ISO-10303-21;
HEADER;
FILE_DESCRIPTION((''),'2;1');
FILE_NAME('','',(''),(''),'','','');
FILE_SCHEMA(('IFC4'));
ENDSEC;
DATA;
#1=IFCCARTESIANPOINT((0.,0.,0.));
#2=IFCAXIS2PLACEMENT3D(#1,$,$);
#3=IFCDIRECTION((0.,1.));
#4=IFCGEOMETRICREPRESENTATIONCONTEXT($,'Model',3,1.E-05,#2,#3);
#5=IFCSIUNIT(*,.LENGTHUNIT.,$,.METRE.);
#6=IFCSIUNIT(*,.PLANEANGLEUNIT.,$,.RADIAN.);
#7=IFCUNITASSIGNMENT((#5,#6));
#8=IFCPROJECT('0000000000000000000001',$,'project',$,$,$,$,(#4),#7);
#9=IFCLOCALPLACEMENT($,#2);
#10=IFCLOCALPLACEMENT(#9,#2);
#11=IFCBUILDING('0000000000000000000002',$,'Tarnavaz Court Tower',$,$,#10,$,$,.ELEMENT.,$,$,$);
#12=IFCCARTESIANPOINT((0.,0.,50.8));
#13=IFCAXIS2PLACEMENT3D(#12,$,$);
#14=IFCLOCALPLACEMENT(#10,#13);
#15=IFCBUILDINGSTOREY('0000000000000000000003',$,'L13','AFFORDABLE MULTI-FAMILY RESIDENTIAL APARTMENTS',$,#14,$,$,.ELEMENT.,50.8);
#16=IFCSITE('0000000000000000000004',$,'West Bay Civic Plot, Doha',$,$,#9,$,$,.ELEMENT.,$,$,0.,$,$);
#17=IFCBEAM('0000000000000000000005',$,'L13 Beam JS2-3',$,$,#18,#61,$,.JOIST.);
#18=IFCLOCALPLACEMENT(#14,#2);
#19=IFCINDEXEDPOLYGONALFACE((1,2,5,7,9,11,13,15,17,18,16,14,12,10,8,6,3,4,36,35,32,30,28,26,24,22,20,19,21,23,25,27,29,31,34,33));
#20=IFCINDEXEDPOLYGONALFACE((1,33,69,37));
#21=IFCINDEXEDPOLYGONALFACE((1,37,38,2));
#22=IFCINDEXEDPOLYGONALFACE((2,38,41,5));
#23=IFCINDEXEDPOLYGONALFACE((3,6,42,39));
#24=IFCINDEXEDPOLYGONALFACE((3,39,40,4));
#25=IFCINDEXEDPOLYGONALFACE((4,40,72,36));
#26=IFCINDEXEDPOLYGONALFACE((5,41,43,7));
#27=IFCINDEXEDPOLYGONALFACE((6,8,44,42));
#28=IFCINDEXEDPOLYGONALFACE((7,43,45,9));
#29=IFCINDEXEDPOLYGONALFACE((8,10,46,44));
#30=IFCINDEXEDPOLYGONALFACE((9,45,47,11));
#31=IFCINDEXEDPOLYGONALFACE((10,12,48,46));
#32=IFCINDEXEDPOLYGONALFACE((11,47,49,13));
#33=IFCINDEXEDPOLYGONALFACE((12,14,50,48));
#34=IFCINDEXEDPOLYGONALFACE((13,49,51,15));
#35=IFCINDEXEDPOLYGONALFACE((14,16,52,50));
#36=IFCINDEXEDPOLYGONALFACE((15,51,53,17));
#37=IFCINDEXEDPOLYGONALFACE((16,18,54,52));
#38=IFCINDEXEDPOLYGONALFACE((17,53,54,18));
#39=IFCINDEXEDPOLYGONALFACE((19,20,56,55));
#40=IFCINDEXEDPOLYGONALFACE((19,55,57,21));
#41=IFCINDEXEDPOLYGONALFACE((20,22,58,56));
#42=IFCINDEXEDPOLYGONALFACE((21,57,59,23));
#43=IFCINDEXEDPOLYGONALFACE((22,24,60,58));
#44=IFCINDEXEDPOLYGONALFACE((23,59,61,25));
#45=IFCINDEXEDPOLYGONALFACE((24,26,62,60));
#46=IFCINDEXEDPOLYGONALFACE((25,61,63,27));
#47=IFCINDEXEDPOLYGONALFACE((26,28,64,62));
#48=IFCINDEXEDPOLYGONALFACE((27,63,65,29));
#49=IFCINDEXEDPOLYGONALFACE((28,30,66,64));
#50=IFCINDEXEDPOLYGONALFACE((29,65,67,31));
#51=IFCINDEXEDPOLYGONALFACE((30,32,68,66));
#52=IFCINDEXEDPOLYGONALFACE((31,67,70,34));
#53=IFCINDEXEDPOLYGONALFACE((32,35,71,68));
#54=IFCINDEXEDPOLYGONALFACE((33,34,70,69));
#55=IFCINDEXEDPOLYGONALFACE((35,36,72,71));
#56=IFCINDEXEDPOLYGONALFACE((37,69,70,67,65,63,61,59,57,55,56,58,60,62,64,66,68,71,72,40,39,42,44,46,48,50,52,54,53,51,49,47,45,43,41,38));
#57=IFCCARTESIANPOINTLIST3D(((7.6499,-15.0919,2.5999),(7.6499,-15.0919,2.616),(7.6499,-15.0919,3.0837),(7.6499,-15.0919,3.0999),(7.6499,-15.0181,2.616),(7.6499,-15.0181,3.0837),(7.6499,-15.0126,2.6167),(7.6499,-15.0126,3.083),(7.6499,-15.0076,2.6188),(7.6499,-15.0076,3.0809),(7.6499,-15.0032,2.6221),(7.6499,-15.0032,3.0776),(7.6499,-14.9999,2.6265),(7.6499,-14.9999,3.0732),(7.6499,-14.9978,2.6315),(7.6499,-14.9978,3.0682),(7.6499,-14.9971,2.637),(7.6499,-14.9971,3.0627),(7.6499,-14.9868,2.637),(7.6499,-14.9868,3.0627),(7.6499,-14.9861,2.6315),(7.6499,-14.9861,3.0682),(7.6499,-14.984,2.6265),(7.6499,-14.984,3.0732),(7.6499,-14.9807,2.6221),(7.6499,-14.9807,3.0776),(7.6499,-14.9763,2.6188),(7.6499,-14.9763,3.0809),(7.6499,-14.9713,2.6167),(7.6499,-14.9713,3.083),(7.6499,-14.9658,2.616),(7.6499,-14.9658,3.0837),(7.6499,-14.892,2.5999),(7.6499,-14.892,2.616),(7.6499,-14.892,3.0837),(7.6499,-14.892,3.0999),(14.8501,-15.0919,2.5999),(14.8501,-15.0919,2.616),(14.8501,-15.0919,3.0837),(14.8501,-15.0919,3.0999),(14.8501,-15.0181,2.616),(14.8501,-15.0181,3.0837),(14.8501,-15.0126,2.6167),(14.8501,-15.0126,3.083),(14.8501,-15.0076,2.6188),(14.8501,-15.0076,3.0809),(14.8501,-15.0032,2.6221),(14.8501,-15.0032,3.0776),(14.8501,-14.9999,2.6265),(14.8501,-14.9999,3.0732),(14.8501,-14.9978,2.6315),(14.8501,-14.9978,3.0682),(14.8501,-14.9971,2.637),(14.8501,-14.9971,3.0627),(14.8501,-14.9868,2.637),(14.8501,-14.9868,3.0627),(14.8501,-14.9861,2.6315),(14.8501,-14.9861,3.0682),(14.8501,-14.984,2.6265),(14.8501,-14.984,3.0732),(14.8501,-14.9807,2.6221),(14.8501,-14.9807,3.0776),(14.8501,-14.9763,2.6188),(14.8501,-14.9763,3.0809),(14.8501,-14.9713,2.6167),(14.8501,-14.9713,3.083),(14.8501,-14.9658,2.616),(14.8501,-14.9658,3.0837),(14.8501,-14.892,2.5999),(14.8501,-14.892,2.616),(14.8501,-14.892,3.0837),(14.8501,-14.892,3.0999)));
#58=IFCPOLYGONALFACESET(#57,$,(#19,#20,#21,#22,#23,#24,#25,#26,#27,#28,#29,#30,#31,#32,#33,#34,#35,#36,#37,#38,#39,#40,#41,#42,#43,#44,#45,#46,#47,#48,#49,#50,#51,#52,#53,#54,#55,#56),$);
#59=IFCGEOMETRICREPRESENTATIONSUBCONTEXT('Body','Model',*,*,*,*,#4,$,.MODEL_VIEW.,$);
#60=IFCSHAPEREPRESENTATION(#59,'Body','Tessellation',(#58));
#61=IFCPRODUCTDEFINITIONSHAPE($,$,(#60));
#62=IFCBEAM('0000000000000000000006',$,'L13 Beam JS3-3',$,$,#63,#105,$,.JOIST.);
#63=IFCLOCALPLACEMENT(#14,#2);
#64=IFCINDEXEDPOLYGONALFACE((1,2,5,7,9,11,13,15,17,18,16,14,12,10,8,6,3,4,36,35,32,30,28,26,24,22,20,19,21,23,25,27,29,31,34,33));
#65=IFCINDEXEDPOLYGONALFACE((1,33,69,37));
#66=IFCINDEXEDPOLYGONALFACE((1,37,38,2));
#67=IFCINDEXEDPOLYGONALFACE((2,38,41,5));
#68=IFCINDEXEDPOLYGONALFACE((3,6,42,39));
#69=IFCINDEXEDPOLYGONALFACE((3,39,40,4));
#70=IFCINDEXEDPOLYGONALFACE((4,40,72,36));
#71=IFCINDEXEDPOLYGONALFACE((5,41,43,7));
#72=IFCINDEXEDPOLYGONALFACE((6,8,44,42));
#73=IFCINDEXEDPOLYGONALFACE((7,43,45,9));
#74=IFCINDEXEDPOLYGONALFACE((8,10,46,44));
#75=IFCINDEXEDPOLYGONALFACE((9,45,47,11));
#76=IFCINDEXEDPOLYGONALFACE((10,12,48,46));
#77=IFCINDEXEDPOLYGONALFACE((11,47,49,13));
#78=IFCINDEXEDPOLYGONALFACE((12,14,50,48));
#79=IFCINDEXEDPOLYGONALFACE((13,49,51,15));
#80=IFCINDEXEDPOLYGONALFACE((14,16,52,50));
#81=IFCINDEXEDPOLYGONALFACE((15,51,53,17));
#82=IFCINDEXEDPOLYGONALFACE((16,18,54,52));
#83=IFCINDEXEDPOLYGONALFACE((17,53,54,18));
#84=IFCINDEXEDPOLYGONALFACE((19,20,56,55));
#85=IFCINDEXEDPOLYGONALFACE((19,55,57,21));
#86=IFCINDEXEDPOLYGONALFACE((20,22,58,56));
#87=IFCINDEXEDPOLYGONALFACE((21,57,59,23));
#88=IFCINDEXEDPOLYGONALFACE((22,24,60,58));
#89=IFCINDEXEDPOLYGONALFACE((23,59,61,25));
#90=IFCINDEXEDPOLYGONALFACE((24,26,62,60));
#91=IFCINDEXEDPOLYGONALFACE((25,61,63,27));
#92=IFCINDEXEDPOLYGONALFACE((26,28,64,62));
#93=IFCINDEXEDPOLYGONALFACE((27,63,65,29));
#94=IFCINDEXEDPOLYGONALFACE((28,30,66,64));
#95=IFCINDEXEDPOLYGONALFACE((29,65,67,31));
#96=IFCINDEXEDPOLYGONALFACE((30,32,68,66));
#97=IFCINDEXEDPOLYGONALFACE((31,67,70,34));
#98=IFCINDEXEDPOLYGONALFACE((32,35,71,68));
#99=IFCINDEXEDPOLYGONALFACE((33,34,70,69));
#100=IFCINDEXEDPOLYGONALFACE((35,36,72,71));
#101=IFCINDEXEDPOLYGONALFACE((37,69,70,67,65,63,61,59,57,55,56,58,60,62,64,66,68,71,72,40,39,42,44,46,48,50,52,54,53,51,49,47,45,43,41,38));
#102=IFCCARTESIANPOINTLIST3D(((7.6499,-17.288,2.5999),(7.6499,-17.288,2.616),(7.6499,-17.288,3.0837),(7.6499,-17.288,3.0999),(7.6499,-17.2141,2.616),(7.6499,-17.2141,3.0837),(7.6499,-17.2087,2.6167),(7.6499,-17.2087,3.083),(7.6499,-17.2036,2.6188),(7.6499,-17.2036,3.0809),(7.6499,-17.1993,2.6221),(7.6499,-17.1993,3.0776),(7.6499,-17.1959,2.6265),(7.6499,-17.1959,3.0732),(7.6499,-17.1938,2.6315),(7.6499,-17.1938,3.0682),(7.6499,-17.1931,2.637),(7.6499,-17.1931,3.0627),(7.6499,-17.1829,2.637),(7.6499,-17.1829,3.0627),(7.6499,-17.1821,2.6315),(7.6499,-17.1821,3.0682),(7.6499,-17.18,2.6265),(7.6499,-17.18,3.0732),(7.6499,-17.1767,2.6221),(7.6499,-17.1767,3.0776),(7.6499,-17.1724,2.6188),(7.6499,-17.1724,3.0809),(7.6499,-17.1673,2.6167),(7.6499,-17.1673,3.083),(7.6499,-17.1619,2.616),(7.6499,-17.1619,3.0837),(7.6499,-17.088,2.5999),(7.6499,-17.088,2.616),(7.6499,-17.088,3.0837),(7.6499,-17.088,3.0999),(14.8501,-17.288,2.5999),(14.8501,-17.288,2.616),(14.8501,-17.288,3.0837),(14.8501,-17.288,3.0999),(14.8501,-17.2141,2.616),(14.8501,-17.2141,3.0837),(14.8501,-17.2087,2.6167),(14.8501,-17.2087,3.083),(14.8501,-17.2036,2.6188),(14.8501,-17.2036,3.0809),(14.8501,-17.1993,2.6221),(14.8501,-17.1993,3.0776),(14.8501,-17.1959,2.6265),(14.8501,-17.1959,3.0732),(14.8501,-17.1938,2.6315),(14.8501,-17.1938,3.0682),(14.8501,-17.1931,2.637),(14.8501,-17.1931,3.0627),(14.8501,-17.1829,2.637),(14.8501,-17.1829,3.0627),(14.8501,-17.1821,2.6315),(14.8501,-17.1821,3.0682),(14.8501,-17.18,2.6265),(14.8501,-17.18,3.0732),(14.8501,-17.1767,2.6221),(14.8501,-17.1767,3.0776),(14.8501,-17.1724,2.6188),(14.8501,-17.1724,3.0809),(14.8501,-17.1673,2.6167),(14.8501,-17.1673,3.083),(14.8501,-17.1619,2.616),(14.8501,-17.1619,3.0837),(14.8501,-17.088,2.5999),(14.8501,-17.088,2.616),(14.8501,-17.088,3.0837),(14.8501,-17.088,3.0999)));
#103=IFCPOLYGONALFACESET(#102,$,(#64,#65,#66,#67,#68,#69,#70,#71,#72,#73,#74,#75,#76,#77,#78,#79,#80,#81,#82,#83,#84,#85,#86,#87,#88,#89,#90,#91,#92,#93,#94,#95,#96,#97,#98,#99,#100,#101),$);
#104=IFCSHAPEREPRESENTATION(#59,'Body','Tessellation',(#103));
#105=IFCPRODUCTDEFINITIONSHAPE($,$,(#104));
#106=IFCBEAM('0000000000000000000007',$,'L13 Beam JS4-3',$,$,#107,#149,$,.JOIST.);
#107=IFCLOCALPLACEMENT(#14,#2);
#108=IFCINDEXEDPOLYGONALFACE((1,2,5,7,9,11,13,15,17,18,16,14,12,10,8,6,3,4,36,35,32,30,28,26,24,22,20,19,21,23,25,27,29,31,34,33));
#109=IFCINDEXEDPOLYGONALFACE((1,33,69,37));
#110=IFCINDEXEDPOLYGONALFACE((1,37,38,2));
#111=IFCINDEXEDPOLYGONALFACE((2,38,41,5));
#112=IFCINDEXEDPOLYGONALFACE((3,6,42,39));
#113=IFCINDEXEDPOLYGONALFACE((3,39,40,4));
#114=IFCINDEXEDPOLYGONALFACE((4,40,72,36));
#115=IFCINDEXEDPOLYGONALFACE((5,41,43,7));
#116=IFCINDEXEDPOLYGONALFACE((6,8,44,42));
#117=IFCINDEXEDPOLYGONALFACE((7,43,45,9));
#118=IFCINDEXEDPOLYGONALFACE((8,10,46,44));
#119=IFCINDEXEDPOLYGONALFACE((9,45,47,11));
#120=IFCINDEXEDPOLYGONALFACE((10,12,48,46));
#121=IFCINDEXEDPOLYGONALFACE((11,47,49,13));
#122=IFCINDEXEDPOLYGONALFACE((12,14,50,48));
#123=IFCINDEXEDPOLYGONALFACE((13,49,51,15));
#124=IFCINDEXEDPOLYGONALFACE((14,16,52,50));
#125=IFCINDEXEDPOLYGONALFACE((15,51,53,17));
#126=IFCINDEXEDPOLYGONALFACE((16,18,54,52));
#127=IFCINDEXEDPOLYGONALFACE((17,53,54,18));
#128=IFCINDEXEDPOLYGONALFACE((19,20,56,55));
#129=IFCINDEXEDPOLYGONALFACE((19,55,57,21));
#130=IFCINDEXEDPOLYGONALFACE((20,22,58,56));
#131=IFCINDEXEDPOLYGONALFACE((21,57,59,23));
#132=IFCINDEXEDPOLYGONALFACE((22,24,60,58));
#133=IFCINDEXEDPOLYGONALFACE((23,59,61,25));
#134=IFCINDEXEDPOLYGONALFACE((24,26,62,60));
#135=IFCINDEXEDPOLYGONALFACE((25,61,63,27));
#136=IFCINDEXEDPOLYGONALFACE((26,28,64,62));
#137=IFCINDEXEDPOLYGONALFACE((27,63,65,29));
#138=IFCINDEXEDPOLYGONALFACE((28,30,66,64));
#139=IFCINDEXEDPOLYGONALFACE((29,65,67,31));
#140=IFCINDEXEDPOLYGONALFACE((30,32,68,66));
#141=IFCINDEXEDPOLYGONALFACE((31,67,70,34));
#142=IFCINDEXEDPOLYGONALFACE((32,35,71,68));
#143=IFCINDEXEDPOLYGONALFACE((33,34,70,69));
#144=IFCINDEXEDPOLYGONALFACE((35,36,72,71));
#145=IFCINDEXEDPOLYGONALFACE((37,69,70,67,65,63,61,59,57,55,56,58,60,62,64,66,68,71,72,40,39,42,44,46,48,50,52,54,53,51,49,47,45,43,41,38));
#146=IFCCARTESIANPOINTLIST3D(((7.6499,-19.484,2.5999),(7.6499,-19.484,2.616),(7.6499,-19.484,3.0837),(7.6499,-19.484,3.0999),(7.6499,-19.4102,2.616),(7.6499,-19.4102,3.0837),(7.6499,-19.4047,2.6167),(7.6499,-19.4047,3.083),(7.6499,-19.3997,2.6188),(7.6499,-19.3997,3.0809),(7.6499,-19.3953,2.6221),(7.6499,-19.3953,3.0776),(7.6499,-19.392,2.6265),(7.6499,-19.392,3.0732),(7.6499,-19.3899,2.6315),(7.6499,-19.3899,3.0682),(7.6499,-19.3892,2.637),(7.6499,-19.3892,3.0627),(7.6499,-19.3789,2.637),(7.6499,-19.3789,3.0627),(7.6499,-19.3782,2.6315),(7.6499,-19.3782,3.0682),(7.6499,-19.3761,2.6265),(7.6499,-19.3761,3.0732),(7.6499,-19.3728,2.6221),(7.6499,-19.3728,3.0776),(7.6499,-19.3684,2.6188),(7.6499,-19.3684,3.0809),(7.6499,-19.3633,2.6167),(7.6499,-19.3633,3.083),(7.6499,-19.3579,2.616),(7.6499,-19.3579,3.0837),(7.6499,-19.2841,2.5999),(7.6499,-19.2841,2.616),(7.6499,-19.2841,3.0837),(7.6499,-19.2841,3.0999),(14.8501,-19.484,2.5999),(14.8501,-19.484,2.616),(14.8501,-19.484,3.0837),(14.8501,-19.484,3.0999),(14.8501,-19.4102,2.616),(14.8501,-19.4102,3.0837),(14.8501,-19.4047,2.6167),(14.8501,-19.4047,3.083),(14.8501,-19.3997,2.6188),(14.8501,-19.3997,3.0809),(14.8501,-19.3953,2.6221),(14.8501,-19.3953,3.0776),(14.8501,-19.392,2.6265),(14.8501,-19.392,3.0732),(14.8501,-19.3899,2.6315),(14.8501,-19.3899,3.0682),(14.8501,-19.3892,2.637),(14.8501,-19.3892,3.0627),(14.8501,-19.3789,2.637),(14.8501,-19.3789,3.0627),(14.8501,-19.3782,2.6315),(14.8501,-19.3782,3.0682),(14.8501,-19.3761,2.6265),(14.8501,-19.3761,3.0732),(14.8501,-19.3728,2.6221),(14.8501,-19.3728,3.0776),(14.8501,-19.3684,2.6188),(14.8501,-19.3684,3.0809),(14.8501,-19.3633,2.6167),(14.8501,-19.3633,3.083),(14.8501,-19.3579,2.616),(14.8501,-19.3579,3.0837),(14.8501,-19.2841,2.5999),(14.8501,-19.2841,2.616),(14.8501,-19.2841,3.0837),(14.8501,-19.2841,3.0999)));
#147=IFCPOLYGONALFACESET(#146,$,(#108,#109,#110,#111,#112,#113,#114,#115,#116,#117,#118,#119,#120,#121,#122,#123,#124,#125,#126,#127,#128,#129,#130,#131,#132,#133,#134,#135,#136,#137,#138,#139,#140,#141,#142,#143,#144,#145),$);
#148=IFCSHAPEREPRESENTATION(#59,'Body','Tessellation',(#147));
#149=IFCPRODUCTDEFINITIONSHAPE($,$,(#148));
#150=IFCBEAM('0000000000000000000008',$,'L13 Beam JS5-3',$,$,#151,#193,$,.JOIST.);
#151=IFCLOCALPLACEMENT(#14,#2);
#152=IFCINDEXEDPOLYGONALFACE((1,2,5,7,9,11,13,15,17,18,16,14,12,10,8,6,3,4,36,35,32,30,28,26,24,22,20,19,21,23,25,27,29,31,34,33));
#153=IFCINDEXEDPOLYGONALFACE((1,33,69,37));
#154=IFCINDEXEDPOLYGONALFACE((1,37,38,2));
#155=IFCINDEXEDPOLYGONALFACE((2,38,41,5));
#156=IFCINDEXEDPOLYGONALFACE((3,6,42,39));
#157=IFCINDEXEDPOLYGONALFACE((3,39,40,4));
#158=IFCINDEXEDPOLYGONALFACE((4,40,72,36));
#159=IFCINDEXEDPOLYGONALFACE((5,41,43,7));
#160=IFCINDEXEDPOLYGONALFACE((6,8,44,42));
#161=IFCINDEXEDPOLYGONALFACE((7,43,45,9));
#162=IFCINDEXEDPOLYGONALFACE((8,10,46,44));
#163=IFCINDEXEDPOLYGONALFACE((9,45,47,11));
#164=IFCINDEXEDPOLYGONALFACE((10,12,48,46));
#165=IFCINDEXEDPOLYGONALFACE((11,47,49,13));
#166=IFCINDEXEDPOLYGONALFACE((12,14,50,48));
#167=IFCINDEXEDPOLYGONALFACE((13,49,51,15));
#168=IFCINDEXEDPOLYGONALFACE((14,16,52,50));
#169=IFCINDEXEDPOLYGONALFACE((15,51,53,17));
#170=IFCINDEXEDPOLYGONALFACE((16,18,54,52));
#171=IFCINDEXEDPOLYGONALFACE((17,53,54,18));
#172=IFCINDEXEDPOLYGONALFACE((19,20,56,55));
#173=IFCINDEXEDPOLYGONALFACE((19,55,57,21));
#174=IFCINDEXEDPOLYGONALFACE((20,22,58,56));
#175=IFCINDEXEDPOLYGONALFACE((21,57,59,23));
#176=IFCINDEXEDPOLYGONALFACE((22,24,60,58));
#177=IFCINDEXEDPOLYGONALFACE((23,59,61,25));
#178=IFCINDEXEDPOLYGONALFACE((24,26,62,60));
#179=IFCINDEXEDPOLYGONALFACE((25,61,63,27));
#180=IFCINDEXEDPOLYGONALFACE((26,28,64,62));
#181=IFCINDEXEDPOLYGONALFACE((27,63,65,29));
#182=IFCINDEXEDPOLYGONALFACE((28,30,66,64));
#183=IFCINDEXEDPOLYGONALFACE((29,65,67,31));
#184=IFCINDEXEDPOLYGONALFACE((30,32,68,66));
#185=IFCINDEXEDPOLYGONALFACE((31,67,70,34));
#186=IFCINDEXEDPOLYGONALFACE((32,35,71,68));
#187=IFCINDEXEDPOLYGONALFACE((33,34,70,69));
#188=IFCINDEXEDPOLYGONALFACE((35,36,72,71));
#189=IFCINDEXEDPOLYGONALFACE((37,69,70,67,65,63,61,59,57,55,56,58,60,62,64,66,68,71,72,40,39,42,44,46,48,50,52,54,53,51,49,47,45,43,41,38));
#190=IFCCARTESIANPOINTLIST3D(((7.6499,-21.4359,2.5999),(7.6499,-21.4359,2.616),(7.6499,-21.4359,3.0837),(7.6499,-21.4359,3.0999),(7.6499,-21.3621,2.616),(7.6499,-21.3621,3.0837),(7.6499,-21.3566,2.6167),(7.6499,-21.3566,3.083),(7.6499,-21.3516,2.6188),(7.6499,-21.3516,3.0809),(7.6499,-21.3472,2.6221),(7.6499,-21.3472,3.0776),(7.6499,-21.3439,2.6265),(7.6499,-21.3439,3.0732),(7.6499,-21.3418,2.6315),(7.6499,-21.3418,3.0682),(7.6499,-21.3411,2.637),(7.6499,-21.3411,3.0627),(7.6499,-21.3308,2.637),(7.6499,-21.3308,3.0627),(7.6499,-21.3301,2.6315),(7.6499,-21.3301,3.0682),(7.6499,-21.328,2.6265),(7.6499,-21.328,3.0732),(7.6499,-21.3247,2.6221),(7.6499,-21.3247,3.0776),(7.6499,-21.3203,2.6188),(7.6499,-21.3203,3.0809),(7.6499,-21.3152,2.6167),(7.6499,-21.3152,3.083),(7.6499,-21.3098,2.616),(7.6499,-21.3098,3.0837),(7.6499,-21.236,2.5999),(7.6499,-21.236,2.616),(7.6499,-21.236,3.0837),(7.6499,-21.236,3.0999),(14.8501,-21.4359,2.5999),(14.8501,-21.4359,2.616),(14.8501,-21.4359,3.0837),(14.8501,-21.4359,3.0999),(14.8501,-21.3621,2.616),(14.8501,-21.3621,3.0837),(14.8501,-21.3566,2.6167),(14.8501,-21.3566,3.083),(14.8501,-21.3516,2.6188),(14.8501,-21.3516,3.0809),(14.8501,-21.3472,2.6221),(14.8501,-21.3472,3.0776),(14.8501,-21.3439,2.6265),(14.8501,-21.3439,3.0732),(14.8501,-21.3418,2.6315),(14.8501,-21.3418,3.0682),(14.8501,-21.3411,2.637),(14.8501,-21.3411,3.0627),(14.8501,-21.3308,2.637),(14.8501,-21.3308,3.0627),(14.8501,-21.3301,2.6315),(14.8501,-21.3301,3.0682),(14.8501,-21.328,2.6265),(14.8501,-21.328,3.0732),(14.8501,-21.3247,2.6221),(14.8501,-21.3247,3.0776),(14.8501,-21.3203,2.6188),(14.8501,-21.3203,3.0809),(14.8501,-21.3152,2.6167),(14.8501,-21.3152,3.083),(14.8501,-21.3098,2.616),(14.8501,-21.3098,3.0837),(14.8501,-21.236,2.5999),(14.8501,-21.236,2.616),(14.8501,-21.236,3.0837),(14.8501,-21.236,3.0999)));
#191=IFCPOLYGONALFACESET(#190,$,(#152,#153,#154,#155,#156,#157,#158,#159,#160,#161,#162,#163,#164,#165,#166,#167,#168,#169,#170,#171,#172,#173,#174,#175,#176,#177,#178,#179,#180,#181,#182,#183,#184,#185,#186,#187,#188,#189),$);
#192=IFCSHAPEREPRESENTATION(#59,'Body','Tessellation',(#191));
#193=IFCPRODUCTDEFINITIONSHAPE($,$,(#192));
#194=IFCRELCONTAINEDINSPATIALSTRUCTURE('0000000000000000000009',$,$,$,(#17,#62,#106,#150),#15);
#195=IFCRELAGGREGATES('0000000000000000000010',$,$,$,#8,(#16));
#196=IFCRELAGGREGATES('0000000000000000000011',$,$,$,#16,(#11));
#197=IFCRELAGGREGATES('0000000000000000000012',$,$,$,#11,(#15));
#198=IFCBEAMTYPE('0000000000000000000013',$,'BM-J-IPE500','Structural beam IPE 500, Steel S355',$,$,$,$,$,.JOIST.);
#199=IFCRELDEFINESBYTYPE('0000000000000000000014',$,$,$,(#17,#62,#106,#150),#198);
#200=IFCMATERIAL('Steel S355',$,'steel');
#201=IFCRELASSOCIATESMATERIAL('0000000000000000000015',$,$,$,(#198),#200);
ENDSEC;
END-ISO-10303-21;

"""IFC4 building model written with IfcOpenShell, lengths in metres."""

from ifc_helpers import new_model, si_unit, direction, frame, origin, origin_2d, place, context, subcontext, project, spatial, i_section, extrude, material, material_profile, profile_set, type_object, element, save


model = new_model("IFC4")

# Units and contexts
model_context = context("Model", 3, precision=1e-05, world=origin(), true_north=direction((0.0, 1.0)))
body_context = subcontext(model_context, "Body", "Model", "MODEL_VIEW")
ifc_project = project(units=[si_unit("LENGTHUNIT", "METRE"), si_unit("PLANEANGLEUNIT", "RADIAN")], contexts=[model_context])

# Site, building, storey
site_placement = place(None, origin())
site = spatial("IfcSite", under=ifc_project, at=site_placement, Name="West Bay Civic Plot, Doha", CompositionType="ELEMENT", RefElevation=0.0)
building_placement = place(site_placement, origin())
building = spatial("IfcBuilding", under=site, at=building_placement, Name="Tarnavaz Court Tower", CompositionType="ELEMENT")
storey_placement = place(building_placement, frame((0.0, 0.0, 50.8)))
storey = spatial("IfcBuildingStorey", under=building, at=storey_placement, Name="L13", Description="AFFORDABLE MULTI-FAMILY RESIDENTIAL APARTMENTS", CompositionType="ELEMENT", Elevation=50.8)

# Beams
ifc_material_1 = material(Name="Steel S355", Category="steel")
ifc_material_profile_1 = material_profile(ifc_material_1, i_section(OverallWidth=0.2, OverallDepth=0.5, WebThickness=0.0103, FlangeThickness=0.0161, FilletRadius=0.021, at=origin_2d()), Name="IPE 500")
ifc_profile_set_1 = profile_set([ifc_material_profile_1], Name="Steel S355")
beam_type_1 = type_object("IfcBeamType", Name="BM-J-IPE500", Description="Structural beam IPE 500, Steel S355", PredefinedType="JOIST", material=ifc_profile_set_1)
for number, where, z_axis, x_axis, name in (
    (1, (7.6499, -14.9919, 2.8499), (1.0, 0.0, 0.0), (0.0, 1.0, 0.0), "L13 Beam JS2-3"),
    (2, (7.6499, -17.188, 2.8499), (1.0, 0.0, 0.0), (0.0, 1.0, 0.0), "L13 Beam JS3-3"),
    (3, (7.6499, -19.384, 2.8499), (1.0, 0.0, 0.0), (0.0, 1.0, 0.0), "L13 Beam JS4-3"),
    (4, (7.6499, -21.3359, 2.8499), (1.0, 0.0, 0.0), (0.0, 1.0, 0.0), "L13 Beam JS5-3"),
):
    element("IfcBeam", number, at=place(storey_placement, frame(where, z_axis=z_axis, x_axis=x_axis)), inside=storey, type_object=beam_type_1, Name=name, PredefinedType="JOIST", context=body_context, shape_type="SweptSolid", body=[
        extrude(i_section(OverallWidth=0.2, OverallDepth=0.5, WebThickness=0.0103, FlangeThickness=0.0161, FilletRadius=0.021, at=origin_2d()), origin(), (0.0, 0.0, 1.0), 7.2002),
    ])

save(model, "model.ifc")
